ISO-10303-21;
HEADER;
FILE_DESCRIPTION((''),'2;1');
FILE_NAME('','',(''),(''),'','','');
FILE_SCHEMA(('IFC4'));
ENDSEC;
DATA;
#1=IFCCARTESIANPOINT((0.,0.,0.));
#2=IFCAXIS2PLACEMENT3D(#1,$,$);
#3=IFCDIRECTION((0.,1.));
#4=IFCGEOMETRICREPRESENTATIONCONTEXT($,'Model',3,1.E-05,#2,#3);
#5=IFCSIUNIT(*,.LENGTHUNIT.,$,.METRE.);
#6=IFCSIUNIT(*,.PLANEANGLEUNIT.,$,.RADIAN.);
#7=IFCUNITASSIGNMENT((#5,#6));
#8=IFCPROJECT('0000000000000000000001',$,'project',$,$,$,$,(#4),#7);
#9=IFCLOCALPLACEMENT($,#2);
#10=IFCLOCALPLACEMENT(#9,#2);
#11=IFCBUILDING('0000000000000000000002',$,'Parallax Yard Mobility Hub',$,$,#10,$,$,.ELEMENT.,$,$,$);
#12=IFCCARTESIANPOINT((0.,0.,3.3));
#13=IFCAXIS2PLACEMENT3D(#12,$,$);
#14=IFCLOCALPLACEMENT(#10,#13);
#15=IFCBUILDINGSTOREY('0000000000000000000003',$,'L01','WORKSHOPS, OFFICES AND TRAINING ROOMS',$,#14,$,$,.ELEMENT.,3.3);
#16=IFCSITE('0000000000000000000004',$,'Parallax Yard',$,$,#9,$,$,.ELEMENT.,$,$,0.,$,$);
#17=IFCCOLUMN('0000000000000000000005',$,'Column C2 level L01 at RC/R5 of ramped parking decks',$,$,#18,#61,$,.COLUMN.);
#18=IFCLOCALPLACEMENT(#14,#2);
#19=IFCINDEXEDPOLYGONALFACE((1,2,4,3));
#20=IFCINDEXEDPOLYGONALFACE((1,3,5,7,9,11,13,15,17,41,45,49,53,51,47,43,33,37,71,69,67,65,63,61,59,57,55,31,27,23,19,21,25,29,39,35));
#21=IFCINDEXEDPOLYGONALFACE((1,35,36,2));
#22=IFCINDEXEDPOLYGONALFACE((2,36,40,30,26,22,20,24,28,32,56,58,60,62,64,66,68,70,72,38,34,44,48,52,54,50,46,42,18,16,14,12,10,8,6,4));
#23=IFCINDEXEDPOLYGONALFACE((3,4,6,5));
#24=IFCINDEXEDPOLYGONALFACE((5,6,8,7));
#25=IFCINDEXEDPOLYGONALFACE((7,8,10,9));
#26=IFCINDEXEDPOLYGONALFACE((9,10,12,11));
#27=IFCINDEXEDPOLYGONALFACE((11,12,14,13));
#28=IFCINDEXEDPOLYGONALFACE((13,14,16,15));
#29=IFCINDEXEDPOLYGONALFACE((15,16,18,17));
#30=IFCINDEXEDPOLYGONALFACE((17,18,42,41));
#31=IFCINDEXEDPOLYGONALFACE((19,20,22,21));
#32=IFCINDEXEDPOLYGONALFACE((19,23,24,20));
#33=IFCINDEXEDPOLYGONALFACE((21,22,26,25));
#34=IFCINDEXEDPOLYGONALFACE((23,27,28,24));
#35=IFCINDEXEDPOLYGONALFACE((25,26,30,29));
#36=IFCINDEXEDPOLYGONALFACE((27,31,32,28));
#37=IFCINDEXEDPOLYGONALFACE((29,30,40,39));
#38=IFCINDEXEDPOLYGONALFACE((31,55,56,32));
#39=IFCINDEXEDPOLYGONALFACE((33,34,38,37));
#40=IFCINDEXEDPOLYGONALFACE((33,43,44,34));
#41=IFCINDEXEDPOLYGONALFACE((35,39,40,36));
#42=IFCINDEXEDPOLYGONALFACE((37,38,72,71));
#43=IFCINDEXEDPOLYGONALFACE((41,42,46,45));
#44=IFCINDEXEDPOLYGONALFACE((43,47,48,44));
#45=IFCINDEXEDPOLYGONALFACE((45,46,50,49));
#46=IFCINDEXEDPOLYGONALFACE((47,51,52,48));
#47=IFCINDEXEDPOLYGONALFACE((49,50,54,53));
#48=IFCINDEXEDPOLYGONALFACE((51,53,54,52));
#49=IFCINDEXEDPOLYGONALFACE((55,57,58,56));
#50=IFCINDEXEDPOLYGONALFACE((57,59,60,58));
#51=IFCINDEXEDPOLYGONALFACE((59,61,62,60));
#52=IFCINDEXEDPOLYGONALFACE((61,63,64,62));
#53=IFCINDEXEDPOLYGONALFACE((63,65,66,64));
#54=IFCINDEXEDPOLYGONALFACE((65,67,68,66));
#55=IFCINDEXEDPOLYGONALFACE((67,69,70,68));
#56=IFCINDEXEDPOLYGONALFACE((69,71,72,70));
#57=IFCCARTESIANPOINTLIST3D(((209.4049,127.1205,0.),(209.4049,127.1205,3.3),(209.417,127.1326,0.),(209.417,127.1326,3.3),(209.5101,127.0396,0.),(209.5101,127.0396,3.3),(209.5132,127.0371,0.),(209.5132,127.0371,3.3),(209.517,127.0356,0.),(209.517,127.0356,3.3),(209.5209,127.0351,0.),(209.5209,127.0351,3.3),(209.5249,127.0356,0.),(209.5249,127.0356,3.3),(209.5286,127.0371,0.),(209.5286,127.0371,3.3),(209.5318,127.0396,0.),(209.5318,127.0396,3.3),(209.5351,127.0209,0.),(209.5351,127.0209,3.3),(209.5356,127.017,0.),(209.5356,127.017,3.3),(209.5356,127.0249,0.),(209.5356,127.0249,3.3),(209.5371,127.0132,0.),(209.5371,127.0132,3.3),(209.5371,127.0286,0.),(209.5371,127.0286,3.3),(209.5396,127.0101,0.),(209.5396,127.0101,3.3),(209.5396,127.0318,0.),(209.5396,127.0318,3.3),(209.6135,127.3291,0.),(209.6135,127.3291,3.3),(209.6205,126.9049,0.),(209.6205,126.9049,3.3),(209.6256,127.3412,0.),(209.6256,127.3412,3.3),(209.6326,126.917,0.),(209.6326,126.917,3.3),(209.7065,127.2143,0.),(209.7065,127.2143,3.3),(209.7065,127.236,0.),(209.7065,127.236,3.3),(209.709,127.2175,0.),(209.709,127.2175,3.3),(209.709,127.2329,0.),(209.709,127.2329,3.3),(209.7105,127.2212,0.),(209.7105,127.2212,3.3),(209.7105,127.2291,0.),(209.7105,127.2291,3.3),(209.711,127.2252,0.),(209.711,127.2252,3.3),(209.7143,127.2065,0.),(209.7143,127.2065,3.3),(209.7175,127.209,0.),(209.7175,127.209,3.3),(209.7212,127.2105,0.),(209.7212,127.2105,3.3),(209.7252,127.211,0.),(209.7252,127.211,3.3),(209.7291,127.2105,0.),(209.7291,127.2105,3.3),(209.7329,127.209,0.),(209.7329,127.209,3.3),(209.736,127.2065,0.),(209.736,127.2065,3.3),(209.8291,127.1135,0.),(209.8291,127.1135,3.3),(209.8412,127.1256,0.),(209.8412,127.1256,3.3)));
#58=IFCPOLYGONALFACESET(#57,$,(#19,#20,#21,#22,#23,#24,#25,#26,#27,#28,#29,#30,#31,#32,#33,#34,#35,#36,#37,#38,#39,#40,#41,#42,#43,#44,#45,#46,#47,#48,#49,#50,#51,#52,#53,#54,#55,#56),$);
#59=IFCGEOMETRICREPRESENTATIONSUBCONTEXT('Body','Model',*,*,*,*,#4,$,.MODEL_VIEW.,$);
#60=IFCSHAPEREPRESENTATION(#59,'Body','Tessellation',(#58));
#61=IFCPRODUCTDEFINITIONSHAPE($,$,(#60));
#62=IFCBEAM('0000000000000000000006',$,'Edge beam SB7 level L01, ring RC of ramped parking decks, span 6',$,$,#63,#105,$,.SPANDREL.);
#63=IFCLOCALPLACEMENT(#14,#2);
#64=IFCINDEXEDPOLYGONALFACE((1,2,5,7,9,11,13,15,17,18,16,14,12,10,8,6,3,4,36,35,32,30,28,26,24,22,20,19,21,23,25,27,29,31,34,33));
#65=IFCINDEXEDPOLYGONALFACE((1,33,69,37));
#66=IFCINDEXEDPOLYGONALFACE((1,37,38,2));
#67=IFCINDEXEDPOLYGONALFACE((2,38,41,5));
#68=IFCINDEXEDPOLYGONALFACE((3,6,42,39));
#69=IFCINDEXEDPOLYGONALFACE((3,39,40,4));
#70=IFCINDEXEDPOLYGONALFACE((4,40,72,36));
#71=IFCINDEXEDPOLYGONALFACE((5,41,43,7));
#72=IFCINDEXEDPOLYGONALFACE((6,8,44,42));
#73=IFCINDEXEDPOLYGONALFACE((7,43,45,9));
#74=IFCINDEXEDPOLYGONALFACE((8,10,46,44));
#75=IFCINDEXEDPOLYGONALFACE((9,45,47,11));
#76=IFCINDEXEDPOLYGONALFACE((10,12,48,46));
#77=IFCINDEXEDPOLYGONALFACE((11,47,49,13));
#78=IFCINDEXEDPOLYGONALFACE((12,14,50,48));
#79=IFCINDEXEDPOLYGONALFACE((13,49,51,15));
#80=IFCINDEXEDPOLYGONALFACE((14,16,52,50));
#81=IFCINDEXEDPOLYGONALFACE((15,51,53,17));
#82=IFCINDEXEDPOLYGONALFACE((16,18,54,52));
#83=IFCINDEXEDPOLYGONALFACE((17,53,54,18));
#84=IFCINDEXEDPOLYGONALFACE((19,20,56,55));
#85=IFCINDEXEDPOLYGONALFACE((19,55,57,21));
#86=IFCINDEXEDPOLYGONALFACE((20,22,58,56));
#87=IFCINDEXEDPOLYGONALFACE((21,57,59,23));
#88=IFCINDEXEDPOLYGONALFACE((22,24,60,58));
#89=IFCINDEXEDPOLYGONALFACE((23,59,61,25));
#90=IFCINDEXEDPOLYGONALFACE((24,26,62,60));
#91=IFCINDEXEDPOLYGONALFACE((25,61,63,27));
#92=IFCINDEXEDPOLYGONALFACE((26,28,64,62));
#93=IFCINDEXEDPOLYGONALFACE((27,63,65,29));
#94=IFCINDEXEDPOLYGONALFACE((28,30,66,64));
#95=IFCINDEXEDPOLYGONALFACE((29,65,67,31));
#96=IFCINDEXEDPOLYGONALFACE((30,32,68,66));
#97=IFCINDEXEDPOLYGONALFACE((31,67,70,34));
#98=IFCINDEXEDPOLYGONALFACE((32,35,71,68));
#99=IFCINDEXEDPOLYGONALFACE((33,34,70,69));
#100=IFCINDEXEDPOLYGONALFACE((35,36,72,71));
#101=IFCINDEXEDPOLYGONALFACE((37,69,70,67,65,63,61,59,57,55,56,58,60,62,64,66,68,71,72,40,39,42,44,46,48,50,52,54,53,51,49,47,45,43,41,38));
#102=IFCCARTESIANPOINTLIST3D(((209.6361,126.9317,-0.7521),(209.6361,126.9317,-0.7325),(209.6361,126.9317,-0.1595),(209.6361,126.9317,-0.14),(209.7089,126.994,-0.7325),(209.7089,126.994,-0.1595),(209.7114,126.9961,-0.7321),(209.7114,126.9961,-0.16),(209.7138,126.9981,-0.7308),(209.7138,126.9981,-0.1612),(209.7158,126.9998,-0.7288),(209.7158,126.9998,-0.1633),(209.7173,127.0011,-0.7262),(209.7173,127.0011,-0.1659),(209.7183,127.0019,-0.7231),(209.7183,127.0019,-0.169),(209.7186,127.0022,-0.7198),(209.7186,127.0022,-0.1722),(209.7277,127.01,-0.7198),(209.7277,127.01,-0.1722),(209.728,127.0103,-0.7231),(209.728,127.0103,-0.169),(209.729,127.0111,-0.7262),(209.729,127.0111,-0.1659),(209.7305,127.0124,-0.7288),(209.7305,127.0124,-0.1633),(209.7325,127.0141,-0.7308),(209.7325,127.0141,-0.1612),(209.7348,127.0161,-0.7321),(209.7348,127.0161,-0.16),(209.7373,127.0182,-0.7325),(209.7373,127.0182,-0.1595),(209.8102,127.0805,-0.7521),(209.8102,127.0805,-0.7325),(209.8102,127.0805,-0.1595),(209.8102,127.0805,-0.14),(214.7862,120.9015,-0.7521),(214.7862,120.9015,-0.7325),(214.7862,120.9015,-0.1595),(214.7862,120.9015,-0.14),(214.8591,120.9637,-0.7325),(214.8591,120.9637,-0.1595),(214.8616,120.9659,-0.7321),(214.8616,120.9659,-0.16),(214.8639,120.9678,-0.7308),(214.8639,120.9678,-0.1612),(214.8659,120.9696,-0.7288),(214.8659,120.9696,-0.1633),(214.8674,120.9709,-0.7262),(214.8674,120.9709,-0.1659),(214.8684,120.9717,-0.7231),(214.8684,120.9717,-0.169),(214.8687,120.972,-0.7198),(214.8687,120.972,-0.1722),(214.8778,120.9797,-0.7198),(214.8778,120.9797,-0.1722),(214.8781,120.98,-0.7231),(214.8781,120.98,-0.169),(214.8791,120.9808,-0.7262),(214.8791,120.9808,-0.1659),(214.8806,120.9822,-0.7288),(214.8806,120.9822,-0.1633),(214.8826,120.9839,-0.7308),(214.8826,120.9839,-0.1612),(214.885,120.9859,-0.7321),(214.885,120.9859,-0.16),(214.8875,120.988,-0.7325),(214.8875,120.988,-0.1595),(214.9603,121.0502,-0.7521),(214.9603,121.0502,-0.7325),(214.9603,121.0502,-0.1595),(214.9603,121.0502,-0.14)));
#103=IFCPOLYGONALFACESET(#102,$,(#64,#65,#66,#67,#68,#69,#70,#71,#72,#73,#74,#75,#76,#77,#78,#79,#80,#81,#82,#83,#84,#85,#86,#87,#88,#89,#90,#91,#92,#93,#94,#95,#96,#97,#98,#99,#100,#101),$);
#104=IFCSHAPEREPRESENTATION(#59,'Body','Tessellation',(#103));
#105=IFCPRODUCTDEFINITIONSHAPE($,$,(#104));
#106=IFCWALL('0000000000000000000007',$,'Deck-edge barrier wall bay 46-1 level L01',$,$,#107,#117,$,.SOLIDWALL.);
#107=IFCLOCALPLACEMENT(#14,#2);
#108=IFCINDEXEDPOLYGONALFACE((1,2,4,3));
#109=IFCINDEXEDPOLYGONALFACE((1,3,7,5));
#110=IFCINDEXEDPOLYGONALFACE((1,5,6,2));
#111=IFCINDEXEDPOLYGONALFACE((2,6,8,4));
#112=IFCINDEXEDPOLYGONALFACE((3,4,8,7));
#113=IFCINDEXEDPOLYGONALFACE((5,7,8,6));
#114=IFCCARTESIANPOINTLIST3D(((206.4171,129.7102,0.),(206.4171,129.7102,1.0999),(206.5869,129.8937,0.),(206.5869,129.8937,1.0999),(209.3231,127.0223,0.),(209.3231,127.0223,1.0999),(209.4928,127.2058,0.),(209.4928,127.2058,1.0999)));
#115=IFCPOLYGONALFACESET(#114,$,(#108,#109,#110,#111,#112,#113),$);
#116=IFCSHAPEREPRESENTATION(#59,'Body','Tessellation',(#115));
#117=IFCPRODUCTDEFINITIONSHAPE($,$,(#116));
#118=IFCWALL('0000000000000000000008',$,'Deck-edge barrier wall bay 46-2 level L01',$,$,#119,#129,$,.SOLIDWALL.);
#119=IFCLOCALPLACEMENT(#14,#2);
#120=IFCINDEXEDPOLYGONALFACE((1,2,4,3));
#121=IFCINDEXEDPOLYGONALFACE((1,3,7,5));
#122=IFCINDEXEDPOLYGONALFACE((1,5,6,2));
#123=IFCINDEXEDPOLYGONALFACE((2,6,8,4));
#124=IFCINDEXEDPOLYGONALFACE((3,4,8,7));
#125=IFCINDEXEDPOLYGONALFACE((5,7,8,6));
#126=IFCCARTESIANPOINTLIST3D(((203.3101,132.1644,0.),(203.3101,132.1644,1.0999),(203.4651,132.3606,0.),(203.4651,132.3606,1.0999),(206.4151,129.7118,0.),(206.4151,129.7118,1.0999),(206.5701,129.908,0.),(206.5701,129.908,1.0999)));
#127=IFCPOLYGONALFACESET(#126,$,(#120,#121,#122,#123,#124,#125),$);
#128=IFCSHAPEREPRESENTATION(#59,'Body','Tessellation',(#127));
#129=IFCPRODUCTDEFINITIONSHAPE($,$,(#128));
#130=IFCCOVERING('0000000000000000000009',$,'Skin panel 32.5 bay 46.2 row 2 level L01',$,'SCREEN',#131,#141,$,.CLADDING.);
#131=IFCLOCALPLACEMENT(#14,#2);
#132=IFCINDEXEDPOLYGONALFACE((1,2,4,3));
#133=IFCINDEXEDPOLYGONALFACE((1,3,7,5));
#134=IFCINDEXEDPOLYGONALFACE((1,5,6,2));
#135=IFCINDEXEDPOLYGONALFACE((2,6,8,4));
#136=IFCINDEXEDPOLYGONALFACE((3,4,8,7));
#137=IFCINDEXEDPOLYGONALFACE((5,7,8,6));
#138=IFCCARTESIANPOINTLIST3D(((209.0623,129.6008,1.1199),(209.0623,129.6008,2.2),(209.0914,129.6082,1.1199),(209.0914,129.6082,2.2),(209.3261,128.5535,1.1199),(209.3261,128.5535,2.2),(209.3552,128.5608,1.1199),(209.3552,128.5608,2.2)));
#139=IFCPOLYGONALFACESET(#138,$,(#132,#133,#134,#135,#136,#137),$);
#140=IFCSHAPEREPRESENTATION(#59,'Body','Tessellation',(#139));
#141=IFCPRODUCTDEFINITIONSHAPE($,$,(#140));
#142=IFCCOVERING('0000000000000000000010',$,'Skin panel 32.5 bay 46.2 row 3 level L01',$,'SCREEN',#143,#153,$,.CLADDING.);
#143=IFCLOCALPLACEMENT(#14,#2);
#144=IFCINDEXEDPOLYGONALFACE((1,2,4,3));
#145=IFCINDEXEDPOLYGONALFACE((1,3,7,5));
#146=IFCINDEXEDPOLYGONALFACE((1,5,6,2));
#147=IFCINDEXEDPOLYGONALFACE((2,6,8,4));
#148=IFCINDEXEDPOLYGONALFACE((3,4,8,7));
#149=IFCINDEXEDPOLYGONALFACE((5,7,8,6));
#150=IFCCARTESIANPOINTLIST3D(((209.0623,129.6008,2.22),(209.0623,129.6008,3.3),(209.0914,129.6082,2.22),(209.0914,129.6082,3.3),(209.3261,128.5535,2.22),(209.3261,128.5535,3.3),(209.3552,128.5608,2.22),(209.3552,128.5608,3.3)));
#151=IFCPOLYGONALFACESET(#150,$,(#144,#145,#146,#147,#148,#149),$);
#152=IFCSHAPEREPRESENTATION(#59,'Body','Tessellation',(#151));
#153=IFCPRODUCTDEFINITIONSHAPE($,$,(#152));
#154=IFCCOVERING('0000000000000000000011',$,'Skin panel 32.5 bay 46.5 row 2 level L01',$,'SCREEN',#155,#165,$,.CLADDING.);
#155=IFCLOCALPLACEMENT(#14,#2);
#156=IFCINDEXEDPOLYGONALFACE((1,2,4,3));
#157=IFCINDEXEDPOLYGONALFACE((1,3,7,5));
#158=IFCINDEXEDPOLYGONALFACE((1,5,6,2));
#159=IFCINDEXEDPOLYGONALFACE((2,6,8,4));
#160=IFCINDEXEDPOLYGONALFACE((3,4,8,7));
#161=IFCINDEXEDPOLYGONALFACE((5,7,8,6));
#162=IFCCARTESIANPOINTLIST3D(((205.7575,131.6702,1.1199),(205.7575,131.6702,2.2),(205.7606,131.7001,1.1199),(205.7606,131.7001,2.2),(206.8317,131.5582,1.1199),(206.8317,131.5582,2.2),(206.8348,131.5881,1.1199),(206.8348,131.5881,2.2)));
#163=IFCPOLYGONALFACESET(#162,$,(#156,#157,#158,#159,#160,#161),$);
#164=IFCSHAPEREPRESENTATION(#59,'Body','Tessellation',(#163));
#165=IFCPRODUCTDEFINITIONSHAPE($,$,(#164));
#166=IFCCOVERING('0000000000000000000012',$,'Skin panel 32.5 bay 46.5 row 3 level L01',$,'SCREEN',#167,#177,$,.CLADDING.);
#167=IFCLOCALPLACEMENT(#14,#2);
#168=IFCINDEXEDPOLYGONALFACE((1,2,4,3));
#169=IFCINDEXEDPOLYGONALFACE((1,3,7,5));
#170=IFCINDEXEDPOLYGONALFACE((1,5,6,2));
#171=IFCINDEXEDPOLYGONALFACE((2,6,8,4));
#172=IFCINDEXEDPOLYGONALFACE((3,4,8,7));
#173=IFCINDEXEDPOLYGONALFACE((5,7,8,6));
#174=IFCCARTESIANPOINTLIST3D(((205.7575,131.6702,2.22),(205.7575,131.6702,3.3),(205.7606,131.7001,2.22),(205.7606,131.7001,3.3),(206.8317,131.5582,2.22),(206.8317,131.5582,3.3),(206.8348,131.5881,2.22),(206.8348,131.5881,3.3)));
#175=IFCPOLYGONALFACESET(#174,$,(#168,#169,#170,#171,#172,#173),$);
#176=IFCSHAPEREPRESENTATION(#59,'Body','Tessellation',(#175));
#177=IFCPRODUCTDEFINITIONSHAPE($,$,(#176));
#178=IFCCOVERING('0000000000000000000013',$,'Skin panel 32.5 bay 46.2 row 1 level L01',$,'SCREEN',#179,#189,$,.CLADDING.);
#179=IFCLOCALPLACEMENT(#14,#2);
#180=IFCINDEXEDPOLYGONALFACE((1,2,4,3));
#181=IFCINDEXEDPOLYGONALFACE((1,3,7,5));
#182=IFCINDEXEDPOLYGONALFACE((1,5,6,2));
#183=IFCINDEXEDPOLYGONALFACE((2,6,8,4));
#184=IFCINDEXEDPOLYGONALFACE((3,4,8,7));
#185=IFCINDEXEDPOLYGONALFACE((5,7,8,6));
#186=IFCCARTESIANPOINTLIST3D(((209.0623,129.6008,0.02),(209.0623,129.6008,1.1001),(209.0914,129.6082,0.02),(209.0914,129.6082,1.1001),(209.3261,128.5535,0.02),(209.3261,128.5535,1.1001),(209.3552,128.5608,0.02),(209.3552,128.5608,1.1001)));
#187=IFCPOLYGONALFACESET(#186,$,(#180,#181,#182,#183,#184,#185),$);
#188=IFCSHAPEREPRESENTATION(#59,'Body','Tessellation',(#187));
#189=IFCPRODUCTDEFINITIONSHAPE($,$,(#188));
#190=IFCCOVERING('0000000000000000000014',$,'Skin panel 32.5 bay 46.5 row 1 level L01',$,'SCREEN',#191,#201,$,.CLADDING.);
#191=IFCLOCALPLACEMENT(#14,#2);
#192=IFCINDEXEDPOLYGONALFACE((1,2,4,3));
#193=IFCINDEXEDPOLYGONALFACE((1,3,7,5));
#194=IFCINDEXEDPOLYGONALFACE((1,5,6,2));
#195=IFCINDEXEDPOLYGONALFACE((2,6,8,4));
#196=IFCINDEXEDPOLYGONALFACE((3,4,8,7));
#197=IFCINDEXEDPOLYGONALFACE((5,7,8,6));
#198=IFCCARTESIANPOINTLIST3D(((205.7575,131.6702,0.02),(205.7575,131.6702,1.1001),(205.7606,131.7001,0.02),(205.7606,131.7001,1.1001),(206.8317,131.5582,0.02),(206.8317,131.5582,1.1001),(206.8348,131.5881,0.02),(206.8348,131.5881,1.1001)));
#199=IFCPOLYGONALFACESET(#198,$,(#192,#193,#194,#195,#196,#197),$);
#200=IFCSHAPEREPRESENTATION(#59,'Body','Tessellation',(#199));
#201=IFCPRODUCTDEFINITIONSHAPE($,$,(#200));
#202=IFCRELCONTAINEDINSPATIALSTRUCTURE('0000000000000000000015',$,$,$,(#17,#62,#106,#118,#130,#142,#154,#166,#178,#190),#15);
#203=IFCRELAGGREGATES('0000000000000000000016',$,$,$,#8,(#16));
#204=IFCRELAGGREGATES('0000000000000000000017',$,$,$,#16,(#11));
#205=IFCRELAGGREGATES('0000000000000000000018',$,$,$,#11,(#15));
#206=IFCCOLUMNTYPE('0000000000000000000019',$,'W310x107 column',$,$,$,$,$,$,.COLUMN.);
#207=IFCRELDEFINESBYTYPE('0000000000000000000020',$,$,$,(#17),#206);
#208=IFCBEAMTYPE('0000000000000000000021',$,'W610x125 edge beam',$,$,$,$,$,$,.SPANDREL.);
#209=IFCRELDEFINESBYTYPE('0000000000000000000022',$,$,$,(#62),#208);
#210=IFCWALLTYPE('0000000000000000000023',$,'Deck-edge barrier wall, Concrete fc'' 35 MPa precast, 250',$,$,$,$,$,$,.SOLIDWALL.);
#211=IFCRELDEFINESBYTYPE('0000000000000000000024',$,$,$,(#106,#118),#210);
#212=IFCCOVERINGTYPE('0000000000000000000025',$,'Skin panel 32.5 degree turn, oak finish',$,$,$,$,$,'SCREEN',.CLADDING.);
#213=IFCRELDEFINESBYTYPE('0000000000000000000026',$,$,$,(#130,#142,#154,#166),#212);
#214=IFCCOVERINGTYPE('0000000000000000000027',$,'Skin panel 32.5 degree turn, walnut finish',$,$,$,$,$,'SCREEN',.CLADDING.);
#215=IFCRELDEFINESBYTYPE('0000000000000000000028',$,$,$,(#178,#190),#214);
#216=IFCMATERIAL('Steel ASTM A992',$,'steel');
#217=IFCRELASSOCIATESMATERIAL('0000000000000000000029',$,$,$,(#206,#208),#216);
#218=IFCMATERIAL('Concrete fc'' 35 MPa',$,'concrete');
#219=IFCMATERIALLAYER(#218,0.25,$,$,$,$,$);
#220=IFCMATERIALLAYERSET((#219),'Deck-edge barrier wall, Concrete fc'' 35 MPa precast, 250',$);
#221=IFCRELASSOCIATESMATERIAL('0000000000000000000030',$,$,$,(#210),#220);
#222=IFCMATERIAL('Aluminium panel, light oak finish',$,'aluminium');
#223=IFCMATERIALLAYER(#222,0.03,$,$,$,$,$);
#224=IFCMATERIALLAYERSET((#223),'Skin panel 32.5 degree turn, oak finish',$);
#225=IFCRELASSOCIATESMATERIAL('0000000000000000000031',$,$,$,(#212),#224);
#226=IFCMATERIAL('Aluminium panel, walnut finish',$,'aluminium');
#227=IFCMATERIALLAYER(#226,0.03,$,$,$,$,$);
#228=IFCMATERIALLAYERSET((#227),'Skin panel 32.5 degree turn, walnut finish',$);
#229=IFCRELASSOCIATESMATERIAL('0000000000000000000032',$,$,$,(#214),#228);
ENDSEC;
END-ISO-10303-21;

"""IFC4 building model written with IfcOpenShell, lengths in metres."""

from ifc_helpers import new_model, si_unit, direction, frame, frame_2d, origin, origin_2d, place, context, subcontext, project, spatial, rectangle, i_section, extrude, material, layer, layer_set, material_profile, profile_set, type_object, element, save


model = new_model("IFC4")

# Units and contexts
model_context = context("Model", 3, precision=1e-05, world=origin(), true_north=direction((0.0, 1.0)))
body_context = subcontext(model_context, "Body", "Model", "MODEL_VIEW")
ifc_project = project(units=[si_unit("LENGTHUNIT", "METRE"), si_unit("PLANEANGLEUNIT", "RADIAN")], contexts=[model_context])

# Site, building, storey
site_placement = place(None, origin())
site = spatial("IfcSite", under=ifc_project, at=site_placement, Name="Parallax Yard", CompositionType="ELEMENT", RefElevation=0.0)
building_placement = place(site_placement, origin())
building = spatial("IfcBuilding", under=site, at=building_placement, Name="Parallax Yard Mobility Hub", CompositionType="ELEMENT")
storey_placement = place(building_placement, frame((0.0, 0.0, 3.3)))
storey = spatial("IfcBuildingStorey", under=building, at=storey_placement, Name="L01", Description="WORKSHOPS, OFFICES AND TRAINING ROOMS", CompositionType="ELEMENT", Elevation=3.3)

# Column
ifc_material_1 = material(Name="Steel ASTM A992", Category="steel")
ifc_material_profile_1 = material_profile(ifc_material_1, i_section(OverallWidth=0.3049, OverallDepth=0.312, WebThickness=0.011, FlangeThickness=0.0171, FilletRadius=0.0154, at=origin_2d()), Name="W310x107")
ifc_profile_set_1 = profile_set([ifc_material_profile_1], Name="Steel ASTM A992")
column_type = type_object("IfcColumnType", Name="W310x107 column", PredefinedType="COLUMN", material=ifc_profile_set_1)
column_placement = place(storey_placement, frame((209.623, 127.123, 0.0), z_axis=(0.0, 0.0, 1.0), x_axis=(-0.707107, 0.707107, 0.0)))
element("IfcColumn", 1, at=column_placement, inside=storey, type_object=column_type, Name="Column C2 level L01 at RC/R5 of ramped parking decks", PredefinedType="COLUMN", context=body_context, shape_type="SweptSolid", body=[
    extrude(i_section(OverallWidth=0.3049, OverallDepth=0.312, WebThickness=0.011, FlangeThickness=0.0171, FilletRadius=0.0154, at=origin_2d()), origin(), (0.0, 0.0, 1.0), 3.3),
])

# Beam
ifc_material_profile_2 = material_profile(ifc_material_1, i_section(OverallWidth=0.229, OverallDepth=0.6121, WebThickness=0.012, FlangeThickness=0.0195, FilletRadius=0.0127, at=origin_2d()), Name="W610x125")
ifc_profile_set_2 = profile_set([ifc_material_profile_2], Name="Steel ASTM A992")
beam_type = type_object("IfcBeamType", Name="W610x125 edge beam", PredefinedType="SPANDREL", material=ifc_profile_set_2)
beam_placement = place(storey_placement, frame((209.7231, 127.0061, -0.446), z_axis=(0.649434, -0.760418, 0.0), x_axis=(0.760418, 0.649434, 0.0)))
element("IfcBeam", 2, at=beam_placement, inside=storey, type_object=beam_type, Name="Edge beam SB7 level L01, ring RC of ramped parking decks, span 6", PredefinedType="SPANDREL", context=body_context, shape_type="SweptSolid", body=[
    extrude(i_section(OverallWidth=0.229, OverallDepth=0.6121, WebThickness=0.012, FlangeThickness=0.0195, FilletRadius=0.0127, at=origin_2d()), origin(), (0.0, 0.0, 1.0), 7.9302),
])

# Walls
ifc_material_2 = material(Name="Concrete fc' 35 MPa", Category="concrete")
ifc_layer_1 = layer(ifc_material_2, 0.25)
ifc_layer_set_1 = layer_set([ifc_layer_1], Name="Deck-edge barrier wall, Concrete fc' 35 MPa precast, 250")
wall_type = type_object("IfcWallType", Name="Deck-edge barrier wall, Concrete fc' 35 MPa precast, 250", PredefinedType="SOLIDWALL", material=ifc_layer_set_1)
wall_1_placement = place(storey_placement, frame((209.408, 127.114, 0.0), z_axis=(0.0, 0.0, 1.0), x_axis=(-0.734108, 0.679033, 0.0)))
element("IfcWall", 3, at=wall_1_placement, inside=storey, type_object=wall_type, Name="Deck-edge barrier wall bay 46-1 level L01", PredefinedType="SOLIDWALL", context=body_context, shape_type="SweptSolid", body=[
    extrude(rectangle(XDim=3.9585, YDim=0.25, at=frame_2d((1.9792, 0.0))), origin(), (0.0, 0.0, 1.0), 1.0999),
])
wall_2_placement = place(storey_placement, frame((206.4927, 129.8098, 0.0), z_axis=(0.0, 0.0, 1.0), x_axis=(-0.784718, 0.619852, 0.0)))
element("IfcWall", 4, at=wall_2_placement, inside=storey, type_object=wall_type, Name="Deck-edge barrier wall bay 46-2 level L01", PredefinedType="SOLIDWALL", context=body_context, shape_type="SweptSolid", body=[
    extrude(rectangle(XDim=3.9568, YDim=0.25, at=frame_2d((1.9785, 0.0))), origin(), (0.0, 0.0, 1.0), 1.0999),
])

# Coverings
ifc_material_3 = material(Name="Aluminium panel, light oak finish", Category="aluminium")
ifc_layer_2 = layer(ifc_material_3, 0.03)
ifc_layer_set_2 = layer_set([ifc_layer_2], Name="Skin panel 32.5 degree turn, oak finish")
covering_type_1 = type_object("IfcCoveringType", Name="Skin panel 32.5 degree turn, oak finish", ElementType="SCREEN", PredefinedType="CLADDING", material=ifc_layer_set_2)
for number, where, z_axis, x_axis, name in (
    (5, (209.2087, 129.0808, 1.1199), (0.0, 0.0, 1.0), (-0.244231, 0.969717, 0.0), "Skin panel 32.5 bay 46.2 row 2 level L01"),
    (6, (209.2087, 129.0808, 2.22), (0.0, 0.0, 1.0), (-0.244231, 0.969717, 0.0), "Skin panel 32.5 bay 46.2 row 3 level L01"),
    (7, (206.2961, 131.6292, 1.1199), (0.0, 0.0, 1.0), (0.994605, -0.103739, 0.0), "Skin panel 32.5 bay 46.5 row 2 level L01"),
    (8, (206.2961, 131.6292, 2.22), (0.0, 0.0, 1.0), (0.994605, -0.103739, 0.0), "Skin panel 32.5 bay 46.5 row 3 level L01"),
):
    element("IfcCovering", number, at=place(storey_placement, frame(where, z_axis=z_axis, x_axis=x_axis)), inside=storey, type_object=covering_type_1, Name=name, ObjectType="SCREEN", PredefinedType="CLADDING", context=body_context, shape_type="SweptSolid", body=[
        extrude(rectangle(XDim=1.0801, YDim=0.03, at=origin_2d()), origin(), (0.0, 0.0, 1.0), 1.0801),
    ])
ifc_material_4 = material(Name="Aluminium panel, walnut finish", Category="aluminium")
ifc_layer_3 = layer(ifc_material_4, 0.03)
ifc_layer_set_3 = layer_set([ifc_layer_3], Name="Skin panel 32.5 degree turn, walnut finish")
covering_type_2 = type_object("IfcCoveringType", Name="Skin panel 32.5 degree turn, walnut finish", ElementType="SCREEN", PredefinedType="CLADDING", material=ifc_layer_set_3)
for number, where, z_axis, x_axis, name in (
    (9, (209.2087, 129.0808, 0.02), (0.0, 0.0, 1.0), (-0.244231, 0.969717, 0.0), "Skin panel 32.5 bay 46.2 row 1 level L01"),
    (10, (206.2961, 131.6292, 0.02), (0.0, 0.0, 1.0), (0.994605, -0.103739, 0.0), "Skin panel 32.5 bay 46.5 row 1 level L01"),
):
    element("IfcCovering", number, at=place(storey_placement, frame(where, z_axis=z_axis, x_axis=x_axis)), inside=storey, type_object=covering_type_2, Name=name, ObjectType="SCREEN", PredefinedType="CLADDING", context=body_context, shape_type="SweptSolid", body=[
        extrude(rectangle(XDim=1.0801, YDim=0.03, at=origin_2d()), origin(), (0.0, 0.0, 1.0), 1.0801),
    ])

save(model, "model.ifc")
